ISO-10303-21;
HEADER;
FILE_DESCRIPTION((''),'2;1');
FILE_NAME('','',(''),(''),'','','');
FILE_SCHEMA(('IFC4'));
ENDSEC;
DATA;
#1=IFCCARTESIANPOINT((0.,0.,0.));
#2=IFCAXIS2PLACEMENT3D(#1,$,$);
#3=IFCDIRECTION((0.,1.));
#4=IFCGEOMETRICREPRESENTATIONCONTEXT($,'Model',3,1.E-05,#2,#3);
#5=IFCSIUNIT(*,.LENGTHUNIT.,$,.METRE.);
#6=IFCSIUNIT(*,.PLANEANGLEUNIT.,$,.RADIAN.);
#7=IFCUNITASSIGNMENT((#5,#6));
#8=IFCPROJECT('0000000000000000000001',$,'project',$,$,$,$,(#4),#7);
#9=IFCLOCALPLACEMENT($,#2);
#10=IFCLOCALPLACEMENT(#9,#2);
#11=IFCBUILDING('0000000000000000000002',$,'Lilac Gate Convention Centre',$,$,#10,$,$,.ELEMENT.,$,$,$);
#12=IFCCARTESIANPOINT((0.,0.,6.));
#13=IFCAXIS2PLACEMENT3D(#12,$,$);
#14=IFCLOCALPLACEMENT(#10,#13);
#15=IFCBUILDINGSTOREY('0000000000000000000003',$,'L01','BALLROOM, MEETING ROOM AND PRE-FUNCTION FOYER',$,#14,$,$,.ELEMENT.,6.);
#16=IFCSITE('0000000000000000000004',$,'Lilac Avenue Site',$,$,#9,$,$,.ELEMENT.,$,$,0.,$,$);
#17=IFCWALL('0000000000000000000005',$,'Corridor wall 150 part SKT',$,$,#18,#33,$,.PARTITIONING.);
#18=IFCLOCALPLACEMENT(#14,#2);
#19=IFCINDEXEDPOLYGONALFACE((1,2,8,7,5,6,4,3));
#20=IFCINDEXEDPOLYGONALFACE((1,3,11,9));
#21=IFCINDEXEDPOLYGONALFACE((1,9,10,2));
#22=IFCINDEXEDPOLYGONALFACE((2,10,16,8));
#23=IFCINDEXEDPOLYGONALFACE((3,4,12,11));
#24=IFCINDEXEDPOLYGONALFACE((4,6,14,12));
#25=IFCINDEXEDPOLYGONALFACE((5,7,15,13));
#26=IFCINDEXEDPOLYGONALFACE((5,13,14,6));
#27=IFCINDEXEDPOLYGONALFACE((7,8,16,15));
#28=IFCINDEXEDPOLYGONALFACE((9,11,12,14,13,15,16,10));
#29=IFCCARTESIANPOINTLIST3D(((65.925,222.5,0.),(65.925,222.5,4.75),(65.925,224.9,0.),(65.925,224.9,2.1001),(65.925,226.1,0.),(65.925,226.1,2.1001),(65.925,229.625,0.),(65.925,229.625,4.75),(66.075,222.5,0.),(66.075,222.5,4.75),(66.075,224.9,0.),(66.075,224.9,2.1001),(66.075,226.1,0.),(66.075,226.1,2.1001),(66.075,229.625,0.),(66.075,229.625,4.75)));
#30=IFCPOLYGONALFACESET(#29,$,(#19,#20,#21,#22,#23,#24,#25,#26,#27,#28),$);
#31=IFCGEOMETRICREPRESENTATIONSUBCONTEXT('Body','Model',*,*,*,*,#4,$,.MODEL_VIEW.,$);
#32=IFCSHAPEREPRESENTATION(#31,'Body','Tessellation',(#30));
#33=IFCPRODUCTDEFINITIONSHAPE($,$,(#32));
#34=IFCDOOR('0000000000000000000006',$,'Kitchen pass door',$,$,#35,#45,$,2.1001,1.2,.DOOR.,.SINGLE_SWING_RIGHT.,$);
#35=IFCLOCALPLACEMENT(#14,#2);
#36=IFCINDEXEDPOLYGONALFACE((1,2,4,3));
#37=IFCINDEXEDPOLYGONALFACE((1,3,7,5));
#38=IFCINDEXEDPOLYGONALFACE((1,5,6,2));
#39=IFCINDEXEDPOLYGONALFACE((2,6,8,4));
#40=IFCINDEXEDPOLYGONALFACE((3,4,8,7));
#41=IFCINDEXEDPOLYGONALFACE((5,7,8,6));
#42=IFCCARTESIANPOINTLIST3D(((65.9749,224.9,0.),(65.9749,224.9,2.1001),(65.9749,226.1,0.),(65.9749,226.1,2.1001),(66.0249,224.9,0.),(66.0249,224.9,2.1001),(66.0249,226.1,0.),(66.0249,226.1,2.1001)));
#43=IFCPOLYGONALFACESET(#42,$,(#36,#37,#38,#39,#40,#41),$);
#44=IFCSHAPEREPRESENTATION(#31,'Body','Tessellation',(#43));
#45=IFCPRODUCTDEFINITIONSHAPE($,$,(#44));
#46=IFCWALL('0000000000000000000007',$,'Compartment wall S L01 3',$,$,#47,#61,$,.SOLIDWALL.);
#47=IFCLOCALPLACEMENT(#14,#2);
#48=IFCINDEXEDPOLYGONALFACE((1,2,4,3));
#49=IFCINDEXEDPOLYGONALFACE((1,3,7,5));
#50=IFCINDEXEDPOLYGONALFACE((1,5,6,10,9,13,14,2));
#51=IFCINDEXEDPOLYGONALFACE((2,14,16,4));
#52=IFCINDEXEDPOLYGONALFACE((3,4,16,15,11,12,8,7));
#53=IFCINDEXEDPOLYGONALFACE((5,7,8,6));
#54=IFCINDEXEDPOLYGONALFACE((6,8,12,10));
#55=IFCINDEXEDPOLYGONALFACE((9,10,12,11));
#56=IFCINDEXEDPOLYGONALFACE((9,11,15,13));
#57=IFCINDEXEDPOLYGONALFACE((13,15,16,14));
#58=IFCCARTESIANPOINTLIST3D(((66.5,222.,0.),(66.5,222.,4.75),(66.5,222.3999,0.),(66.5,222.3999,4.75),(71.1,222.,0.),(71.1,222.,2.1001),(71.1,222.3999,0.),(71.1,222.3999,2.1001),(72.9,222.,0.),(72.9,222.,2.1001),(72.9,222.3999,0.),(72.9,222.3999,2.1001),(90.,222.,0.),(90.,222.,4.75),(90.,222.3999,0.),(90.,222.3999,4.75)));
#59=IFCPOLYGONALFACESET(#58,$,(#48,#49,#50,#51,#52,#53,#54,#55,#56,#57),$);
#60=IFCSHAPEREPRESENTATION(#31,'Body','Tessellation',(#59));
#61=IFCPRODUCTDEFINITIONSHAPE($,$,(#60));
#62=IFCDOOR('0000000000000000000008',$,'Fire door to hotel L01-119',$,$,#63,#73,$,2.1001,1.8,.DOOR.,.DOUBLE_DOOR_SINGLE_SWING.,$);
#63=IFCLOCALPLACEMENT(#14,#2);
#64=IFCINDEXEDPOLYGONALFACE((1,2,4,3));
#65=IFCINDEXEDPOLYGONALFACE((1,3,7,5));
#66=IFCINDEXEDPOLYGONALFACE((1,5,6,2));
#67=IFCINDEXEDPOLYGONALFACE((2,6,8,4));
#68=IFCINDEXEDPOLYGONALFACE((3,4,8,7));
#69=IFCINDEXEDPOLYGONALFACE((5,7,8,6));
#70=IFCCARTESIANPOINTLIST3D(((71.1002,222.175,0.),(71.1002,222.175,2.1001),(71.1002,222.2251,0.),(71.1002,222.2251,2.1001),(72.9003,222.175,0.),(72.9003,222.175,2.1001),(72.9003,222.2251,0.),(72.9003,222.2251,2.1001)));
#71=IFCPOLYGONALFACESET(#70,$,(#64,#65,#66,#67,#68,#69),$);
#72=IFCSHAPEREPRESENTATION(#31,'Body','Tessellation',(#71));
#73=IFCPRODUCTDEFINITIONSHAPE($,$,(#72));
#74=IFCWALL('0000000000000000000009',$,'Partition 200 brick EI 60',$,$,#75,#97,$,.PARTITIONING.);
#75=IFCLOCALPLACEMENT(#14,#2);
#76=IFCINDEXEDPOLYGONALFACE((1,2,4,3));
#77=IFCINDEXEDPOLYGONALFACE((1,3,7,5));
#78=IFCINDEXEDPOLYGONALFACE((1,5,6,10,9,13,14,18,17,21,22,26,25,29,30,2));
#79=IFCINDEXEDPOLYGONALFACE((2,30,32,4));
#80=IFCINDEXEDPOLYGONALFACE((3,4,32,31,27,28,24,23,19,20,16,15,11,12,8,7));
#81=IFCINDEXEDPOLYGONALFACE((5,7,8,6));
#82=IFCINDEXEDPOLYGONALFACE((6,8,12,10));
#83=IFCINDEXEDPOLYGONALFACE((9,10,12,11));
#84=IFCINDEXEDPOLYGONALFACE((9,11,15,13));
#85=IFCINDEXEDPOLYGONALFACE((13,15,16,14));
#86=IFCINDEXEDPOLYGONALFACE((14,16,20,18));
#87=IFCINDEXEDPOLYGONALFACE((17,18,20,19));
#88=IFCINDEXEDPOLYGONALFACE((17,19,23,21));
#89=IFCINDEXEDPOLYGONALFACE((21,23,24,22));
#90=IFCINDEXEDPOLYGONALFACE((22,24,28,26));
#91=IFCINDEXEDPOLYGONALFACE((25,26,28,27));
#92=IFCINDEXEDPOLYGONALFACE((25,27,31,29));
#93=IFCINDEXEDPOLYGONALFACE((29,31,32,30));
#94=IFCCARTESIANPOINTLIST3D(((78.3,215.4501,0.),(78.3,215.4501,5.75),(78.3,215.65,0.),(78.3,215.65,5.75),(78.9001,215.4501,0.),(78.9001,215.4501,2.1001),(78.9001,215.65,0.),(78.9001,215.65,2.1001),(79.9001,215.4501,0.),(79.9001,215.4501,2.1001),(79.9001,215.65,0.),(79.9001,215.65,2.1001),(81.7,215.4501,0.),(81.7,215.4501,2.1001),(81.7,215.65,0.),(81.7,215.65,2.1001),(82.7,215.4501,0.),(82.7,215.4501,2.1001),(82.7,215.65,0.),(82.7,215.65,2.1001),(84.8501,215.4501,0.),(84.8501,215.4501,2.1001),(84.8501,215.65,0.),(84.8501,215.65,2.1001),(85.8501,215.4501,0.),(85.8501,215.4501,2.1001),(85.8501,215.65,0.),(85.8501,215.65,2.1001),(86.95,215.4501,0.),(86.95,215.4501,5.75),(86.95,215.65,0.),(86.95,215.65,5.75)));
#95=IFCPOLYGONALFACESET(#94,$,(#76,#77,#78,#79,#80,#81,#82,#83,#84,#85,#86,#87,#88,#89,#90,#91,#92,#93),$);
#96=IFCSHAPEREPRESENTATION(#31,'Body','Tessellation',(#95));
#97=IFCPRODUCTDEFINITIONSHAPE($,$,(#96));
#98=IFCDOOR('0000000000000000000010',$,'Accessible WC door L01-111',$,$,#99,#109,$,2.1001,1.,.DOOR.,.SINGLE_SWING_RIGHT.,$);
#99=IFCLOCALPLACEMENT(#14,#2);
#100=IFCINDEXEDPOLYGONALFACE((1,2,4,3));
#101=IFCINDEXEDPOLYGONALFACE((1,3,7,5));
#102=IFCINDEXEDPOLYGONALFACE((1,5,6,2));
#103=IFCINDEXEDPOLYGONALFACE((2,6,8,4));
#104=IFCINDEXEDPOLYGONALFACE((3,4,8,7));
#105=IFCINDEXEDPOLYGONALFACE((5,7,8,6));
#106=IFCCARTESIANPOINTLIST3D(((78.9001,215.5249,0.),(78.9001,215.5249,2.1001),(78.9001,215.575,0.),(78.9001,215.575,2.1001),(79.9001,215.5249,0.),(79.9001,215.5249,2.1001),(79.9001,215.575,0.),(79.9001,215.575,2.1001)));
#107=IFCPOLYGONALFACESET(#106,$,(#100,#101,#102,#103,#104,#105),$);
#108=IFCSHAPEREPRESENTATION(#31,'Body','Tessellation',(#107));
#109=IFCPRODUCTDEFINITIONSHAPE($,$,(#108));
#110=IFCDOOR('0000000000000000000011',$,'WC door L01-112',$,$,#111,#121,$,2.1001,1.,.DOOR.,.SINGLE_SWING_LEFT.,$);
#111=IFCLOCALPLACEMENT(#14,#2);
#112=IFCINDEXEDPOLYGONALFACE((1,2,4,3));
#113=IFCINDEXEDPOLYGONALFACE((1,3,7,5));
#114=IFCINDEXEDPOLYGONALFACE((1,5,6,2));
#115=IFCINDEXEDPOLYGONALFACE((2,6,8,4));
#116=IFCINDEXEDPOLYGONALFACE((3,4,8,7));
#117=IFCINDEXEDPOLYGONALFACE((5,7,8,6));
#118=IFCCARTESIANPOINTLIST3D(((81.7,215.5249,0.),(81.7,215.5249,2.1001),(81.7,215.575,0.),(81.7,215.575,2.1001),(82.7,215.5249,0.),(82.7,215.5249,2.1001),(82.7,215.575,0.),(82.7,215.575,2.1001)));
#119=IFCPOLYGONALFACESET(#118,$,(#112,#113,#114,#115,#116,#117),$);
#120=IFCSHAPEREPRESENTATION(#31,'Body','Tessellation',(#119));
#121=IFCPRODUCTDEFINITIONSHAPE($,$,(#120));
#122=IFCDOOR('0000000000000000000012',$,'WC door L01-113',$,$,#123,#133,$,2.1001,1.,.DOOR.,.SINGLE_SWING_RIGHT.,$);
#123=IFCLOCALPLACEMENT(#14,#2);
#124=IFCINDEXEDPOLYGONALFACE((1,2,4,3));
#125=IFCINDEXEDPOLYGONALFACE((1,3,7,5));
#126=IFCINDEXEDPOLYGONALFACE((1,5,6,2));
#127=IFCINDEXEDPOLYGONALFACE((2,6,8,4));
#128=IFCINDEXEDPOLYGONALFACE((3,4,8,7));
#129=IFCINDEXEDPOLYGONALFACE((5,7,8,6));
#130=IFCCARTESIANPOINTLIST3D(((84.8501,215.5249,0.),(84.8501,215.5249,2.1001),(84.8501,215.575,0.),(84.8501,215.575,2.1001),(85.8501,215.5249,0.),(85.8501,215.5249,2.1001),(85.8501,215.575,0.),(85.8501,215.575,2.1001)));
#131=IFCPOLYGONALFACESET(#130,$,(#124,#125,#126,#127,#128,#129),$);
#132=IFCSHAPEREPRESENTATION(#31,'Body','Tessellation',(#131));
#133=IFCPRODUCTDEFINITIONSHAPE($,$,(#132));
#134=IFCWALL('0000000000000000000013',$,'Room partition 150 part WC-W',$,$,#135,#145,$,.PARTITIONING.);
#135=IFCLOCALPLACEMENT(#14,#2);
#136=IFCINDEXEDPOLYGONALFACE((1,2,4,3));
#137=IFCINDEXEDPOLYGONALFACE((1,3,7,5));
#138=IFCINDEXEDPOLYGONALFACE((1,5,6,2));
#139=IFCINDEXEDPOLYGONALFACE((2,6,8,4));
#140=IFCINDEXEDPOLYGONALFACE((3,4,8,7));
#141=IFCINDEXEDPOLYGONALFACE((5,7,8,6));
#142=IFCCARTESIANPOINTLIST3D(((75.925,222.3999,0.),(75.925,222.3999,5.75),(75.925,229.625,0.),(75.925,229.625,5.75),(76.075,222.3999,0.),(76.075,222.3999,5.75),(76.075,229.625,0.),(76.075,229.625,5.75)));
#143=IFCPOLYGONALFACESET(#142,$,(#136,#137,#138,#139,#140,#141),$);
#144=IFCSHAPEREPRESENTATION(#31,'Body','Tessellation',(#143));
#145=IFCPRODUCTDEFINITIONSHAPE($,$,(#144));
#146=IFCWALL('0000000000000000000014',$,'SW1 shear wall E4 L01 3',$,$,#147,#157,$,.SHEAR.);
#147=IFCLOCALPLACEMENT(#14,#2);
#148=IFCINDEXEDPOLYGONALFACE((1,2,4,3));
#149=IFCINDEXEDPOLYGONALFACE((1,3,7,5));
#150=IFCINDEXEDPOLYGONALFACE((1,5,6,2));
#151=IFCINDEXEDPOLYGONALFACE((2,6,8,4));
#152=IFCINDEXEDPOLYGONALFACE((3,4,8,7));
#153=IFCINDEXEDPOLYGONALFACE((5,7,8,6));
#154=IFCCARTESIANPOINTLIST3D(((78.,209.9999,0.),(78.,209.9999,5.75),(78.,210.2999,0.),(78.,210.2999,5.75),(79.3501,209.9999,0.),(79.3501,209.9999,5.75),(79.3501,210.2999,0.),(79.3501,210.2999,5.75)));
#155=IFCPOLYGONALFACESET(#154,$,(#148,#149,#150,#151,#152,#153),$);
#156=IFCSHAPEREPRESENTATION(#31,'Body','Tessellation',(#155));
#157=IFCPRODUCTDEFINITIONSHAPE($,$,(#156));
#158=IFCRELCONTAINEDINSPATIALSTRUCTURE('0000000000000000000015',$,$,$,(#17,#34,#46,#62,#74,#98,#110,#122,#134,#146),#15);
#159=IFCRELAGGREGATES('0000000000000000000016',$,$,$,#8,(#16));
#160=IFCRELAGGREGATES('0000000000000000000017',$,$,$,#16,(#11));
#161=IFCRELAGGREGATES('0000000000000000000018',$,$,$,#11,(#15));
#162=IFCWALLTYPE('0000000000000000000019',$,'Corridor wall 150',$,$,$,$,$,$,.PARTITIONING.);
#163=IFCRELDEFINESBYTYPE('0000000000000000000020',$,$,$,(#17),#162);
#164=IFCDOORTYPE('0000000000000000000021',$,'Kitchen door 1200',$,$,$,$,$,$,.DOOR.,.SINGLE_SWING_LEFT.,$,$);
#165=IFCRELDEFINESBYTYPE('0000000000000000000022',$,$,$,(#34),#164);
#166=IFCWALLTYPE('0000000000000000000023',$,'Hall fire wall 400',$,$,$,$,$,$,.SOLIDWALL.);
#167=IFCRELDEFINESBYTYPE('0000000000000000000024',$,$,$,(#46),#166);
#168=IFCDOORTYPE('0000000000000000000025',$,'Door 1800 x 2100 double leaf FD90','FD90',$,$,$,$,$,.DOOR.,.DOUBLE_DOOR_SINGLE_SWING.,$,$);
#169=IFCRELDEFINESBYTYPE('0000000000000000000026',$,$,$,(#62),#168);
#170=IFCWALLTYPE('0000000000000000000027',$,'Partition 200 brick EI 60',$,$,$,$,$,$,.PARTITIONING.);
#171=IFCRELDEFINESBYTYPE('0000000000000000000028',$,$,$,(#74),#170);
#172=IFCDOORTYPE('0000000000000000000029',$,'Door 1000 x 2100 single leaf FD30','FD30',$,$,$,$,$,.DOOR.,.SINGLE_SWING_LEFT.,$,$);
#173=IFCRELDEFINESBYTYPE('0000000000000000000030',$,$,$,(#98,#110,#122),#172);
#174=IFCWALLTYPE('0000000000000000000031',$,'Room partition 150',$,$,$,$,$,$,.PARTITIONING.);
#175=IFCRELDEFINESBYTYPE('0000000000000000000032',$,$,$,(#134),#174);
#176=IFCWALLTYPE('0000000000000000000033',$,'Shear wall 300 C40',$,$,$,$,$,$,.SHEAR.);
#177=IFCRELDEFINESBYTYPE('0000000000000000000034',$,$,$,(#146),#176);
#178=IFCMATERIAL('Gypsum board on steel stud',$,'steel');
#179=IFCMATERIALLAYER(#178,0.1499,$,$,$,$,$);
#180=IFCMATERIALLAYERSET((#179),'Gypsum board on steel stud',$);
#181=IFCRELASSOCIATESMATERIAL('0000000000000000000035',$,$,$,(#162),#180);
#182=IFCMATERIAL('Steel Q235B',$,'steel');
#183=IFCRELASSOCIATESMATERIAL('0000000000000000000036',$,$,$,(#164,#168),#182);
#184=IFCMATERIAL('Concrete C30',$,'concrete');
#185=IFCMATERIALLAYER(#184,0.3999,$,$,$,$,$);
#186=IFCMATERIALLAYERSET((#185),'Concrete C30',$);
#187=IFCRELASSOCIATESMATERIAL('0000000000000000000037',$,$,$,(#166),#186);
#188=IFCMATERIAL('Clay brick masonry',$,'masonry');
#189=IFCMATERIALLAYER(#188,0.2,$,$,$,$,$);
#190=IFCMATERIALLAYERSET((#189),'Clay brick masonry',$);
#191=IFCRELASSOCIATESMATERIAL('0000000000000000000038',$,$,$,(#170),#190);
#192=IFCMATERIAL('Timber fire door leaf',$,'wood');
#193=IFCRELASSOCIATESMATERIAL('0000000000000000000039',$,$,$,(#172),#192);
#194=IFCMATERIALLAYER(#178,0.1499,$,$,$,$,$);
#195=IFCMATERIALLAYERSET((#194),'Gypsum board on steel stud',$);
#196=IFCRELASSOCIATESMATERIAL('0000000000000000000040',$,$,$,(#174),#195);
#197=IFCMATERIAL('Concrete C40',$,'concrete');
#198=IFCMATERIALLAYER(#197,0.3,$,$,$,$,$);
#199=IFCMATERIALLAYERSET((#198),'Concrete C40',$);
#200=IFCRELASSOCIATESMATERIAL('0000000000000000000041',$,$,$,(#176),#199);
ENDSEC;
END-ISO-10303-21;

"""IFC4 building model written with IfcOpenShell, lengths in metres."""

from ifc_helpers import new_model, si_unit, direction, frame, frame_2d, origin, place, context, subcontext, project, spatial, rectangle, extrude, material, layer, layer_set, type_object, element, fill, save


model = new_model("IFC4")

# Units and contexts
model_context = context("Model", 3, precision=1e-05, world=origin(), true_north=direction((0.0, 1.0)))
body_context = subcontext(model_context, "Body", "Model", "MODEL_VIEW")
ifc_project = project(units=[si_unit("LENGTHUNIT", "METRE"), si_unit("PLANEANGLEUNIT", "RADIAN")], contexts=[model_context])

# Site, building, storey
site_placement = place(None, origin())
site = spatial("IfcSite", under=ifc_project, at=site_placement, Name="Lilac Avenue Site", CompositionType="ELEMENT", RefElevation=0.0)
building_placement = place(site_placement, origin())
building = spatial("IfcBuilding", under=site, at=building_placement, Name="Lilac Gate Convention Centre", CompositionType="ELEMENT")
storey_placement = place(building_placement, frame((0.0, 0.0, 6.0)))
storey = spatial("IfcBuildingStorey", under=building, at=storey_placement, Name="L01", Description="BALLROOM, MEETING ROOM AND PRE-FUNCTION FOYER", CompositionType="ELEMENT", Elevation=6.0)

# Shared definitions
ifc_material_1 = material(Name="Concrete C40", Category="concrete")

# Shared definitions
ifc_material_2 = material(Name="Gypsum board on steel stud", Category="steel")
ifc_layer_1 = layer(ifc_material_2, 0.1499)
ifc_layer_set_1 = layer_set([ifc_layer_1], Name="Gypsum board on steel stud")
wall_type_1 = type_object("IfcWallType", Name="Corridor wall 150", PredefinedType="PARTITIONING", material=ifc_layer_set_1)

# Walls, openings, doors
ifc_material_3 = material(Name="Steel Q235B", Category="steel")
door_type_1 = type_object("IfcDoorType", Name="Kitchen door 1200", OperationType="SINGLE_SWING_LEFT", PredefinedType="DOOR", material=ifc_material_3)
wall_1_placement = place(storey_placement, frame((66.0, 229.625, 0.0), z_axis=(0.0, 0.0, 1.0), x_axis=(0.0, -1.0, 0.0)))
wall_1 = element("IfcWall", 1, at=wall_1_placement, inside=storey, type_object=wall_type_1, Name="Corridor wall 150 part SKT", PredefinedType="PARTITIONING", context=body_context, shape_type="SweptSolid", body=[
    extrude(rectangle(XDim=7.125, YDim=0.1499, at=frame_2d((3.5625, 0.0))), origin(), (0.0, 0.0, 1.0), 4.75),
])
opening_1_placement = place(wall_1_placement, frame((3.5249, 0.0, 0.0)))
opening_1 = element("IfcOpeningElement", 2, at=opening_1_placement, cuts=wall_1, PredefinedType="OPENING", context=body_context, shape_type="SweptSolid", body=[
    extrude(rectangle(XDim=1.2, YDim=2.1001, at=frame_2d((0.6001, 1.05))), frame((0.0, 0.085, 0.0), z_axis=(0.0, -1.0, 0.0), x_axis=(1.0, 0.0, 0.0)), (0.0, 0.0, 1.0), 0.1699),
])
door_1_placement = place(opening_1_placement, origin())
door_1 = element("IfcDoor", 3, at=door_1_placement, inside=storey, type_object=door_type_1, Name="Kitchen pass door", OperationType="SINGLE_SWING_RIGHT", OverallHeight=2.1001, OverallWidth=1.2, PredefinedType="DOOR", context=body_context, shape_type="SweptSolid", body=[
    extrude(rectangle(XDim=1.2, YDim=2.1001, at=frame_2d((0.6001, 1.05))), frame((0.0, 0.0249, 0.0), z_axis=(0.0, -1.0, 0.0), x_axis=(1.0, 0.0, 0.0)), (0.0, 0.0, 1.0), 0.05),
])
fill(opening_1, door_1)
ifc_material_4 = material(Name="Concrete C30", Category="concrete")
ifc_layer_2 = layer(ifc_material_4, 0.3999)
ifc_layer_set_2 = layer_set([ifc_layer_2], Name="Concrete C30")
wall_type_2 = type_object("IfcWallType", Name="Hall fire wall 400", PredefinedType="SOLIDWALL", material=ifc_layer_set_2)
wall_2_placement = place(storey_placement, frame((66.5, 222.2, 0.0), z_axis=(0.0, 0.0, 1.0), x_axis=(1.0, 0.0, 0.0)))
wall_2 = element("IfcWall", 4, at=wall_2_placement, inside=storey, type_object=wall_type_2, Name="Compartment wall S L01 3", PredefinedType="SOLIDWALL", context=body_context, shape_type="SweptSolid", body=[
    extrude(rectangle(XDim=23.5, YDim=0.3999, at=frame_2d((11.75, 0.0))), origin(), (0.0, 0.0, 1.0), 4.75),
])
opening_2_placement = place(wall_2_placement, frame((4.6001, 0.0, 0.0)))
opening_2 = element("IfcOpeningElement", 5, at=opening_2_placement, cuts=wall_2, PredefinedType="OPENING", context=body_context, shape_type="SweptSolid", body=[
    extrude(rectangle(XDim=1.8, YDim=2.1001, at=frame_2d((0.8999, 1.05))), frame((0.0, 0.21, 0.0), z_axis=(0.0, -1.0, 0.0), x_axis=(1.0, 0.0, 0.0)), (0.0, 0.0, 1.0), 0.4199),
])
door_type_2 = type_object("IfcDoorType", Name="Door 1800 x 2100 double leaf FD90", Description="FD90", OperationType="DOUBLE_DOOR_SINGLE_SWING", PredefinedType="DOOR", material=ifc_material_3)
door_2_placement = place(opening_2_placement, frame((1.8, 0.0, 0.0), z_axis=(0.0, 0.0, 1.0), x_axis=(-1.0, 0.0, 0.0)))
door_2 = element("IfcDoor", 6, at=door_2_placement, inside=storey, type_object=door_type_2, Name="Fire door to hotel L01-119", OperationType="DOUBLE_DOOR_SINGLE_SWING", OverallHeight=2.1001, OverallWidth=1.8, PredefinedType="DOOR", context=body_context, shape_type="SweptSolid", body=[
    extrude(rectangle(XDim=1.8, YDim=2.1001, at=frame_2d((0.8999, 1.05))), frame((0.0, 0.0249, 0.0), z_axis=(0.0, -1.0, 0.0), x_axis=(1.0, 0.0, 0.0)), (0.0, 0.0, 1.0), 0.05),
])
fill(opening_2, door_2)

# Wall, openings, doors
ifc_material_5 = material(Name="Clay brick masonry", Category="masonry")
ifc_layer_3 = layer(ifc_material_5, 0.2)
ifc_layer_set_3 = layer_set([ifc_layer_3], Name="Clay brick masonry")
wall_type_3 = type_object("IfcWallType", Name="Partition 200 brick EI 60", PredefinedType="PARTITIONING", material=ifc_layer_set_3)
wall_3_placement = place(storey_placement, frame((78.3, 215.55, 0.0), z_axis=(0.0, 0.0, 1.0), x_axis=(1.0, 0.0, 0.0)))
wall_3 = element("IfcWall", 7, at=wall_3_placement, inside=storey, type_object=wall_type_3, Name="Partition 200 brick EI 60", PredefinedType="PARTITIONING", context=body_context, shape_type="SweptSolid", body=[
    extrude(rectangle(XDim=8.6499, YDim=0.2, at=frame_2d((4.325, 0.0))), origin(), (0.0, 0.0, 1.0), 5.75),
])
opening_3_placement = place(wall_3_placement, frame((0.6001, 0.0, 0.0)))
opening_3 = element("IfcOpeningElement", 8, at=opening_3_placement, cuts=wall_3, PredefinedType="OPENING", context=body_context, shape_type="SweptSolid", body=[
    extrude(rectangle(XDim=1.0, YDim=2.1001, at=frame_2d((0.5, 1.05))), frame((0.0, 0.1099, 0.0), z_axis=(0.0, -1.0, 0.0), x_axis=(1.0, 0.0, 0.0)), (0.0, 0.0, 1.0), 0.22),
])
opening_4_placement = place(wall_3_placement, frame((3.3999, 0.0, 0.0)))
opening_4 = element("IfcOpeningElement", 9, at=opening_4_placement, cuts=wall_3, PredefinedType="OPENING", context=body_context, shape_type="SweptSolid", body=[
    extrude(rectangle(XDim=1.0, YDim=2.1001, at=frame_2d((0.5, 1.05))), frame((0.0, 0.1099, 0.0), z_axis=(0.0, -1.0, 0.0), x_axis=(1.0, 0.0, 0.0)), (0.0, 0.0, 1.0), 0.22),
])
opening_5_placement = place(wall_3_placement, frame((6.55, 0.0, 0.0)))
opening_5 = element("IfcOpeningElement", 10, at=opening_5_placement, cuts=wall_3, PredefinedType="OPENING", context=body_context, shape_type="SweptSolid", body=[
    extrude(rectangle(XDim=1.0, YDim=2.1001, at=frame_2d((0.5, 1.05))), frame((0.0, 0.1099, 0.0), z_axis=(0.0, -1.0, 0.0), x_axis=(1.0, 0.0, 0.0)), (0.0, 0.0, 1.0), 0.22),
])
ifc_material_6 = material(Name="Timber fire door leaf", Category="wood")
door_type_3 = type_object("IfcDoorType", Name="Door 1000 x 2100 single leaf FD30", Description="FD30", OperationType="SINGLE_SWING_LEFT", PredefinedType="DOOR", material=ifc_material_6)
door_3_placement = place(opening_3_placement, origin())
door_3 = element("IfcDoor", 11, at=door_3_placement, inside=storey, type_object=door_type_3, Name="Accessible WC door L01-111", OperationType="SINGLE_SWING_RIGHT", OverallHeight=2.1001, OverallWidth=1.0, PredefinedType="DOOR", context=body_context, shape_type="SweptSolid", body=[
    extrude(rectangle(XDim=1.0, YDim=2.1001, at=frame_2d((0.5, 1.05))), frame((0.0, 0.0249, 0.0), z_axis=(0.0, -1.0, 0.0), x_axis=(1.0, 0.0, 0.0)), (0.0, 0.0, 1.0), 0.05),
])
fill(opening_3, door_3)
door_4_placement = place(opening_4_placement, origin())
door_4 = element("IfcDoor", 12, at=door_4_placement, inside=storey, type_object=door_type_3, Name="WC door L01-112", OperationType="SINGLE_SWING_LEFT", OverallHeight=2.1001, OverallWidth=1.0, PredefinedType="DOOR", context=body_context, shape_type="SweptSolid", body=[
    extrude(rectangle(XDim=1.0, YDim=2.1001, at=frame_2d((0.5, 1.05))), frame((0.0, 0.0249, 0.0), z_axis=(0.0, -1.0, 0.0), x_axis=(1.0, 0.0, 0.0)), (0.0, 0.0, 1.0), 0.05),
])
fill(opening_4, door_4)
door_5_placement = place(opening_5_placement, origin())
door_5 = element("IfcDoor", 13, at=door_5_placement, inside=storey, type_object=door_type_3, Name="WC door L01-113", OperationType="SINGLE_SWING_RIGHT", OverallHeight=2.1001, OverallWidth=1.0, PredefinedType="DOOR", context=body_context, shape_type="SweptSolid", body=[
    extrude(rectangle(XDim=1.0, YDim=2.1001, at=frame_2d((0.5, 1.05))), frame((0.0, 0.0249, 0.0), z_axis=(0.0, -1.0, 0.0), x_axis=(1.0, 0.0, 0.0)), (0.0, 0.0, 1.0), 0.05),
])
fill(opening_5, door_5)

# Walls
ifc_layer_4 = layer(ifc_material_2, 0.1499)
ifc_layer_set_4 = layer_set([ifc_layer_4], Name="Gypsum board on steel stud")
wall_type_4 = type_object("IfcWallType", Name="Room partition 150", PredefinedType="PARTITIONING", material=ifc_layer_set_4)
wall_4_placement = place(storey_placement, frame((76.0, 222.3999, 0.0), z_axis=(0.0, 0.0, 1.0), x_axis=(0.0, 1.0, 0.0)))
element("IfcWall", 14, at=wall_4_placement, inside=storey, type_object=wall_type_4, Name="Room partition 150 part WC-W", PredefinedType="PARTITIONING", context=body_context, shape_type="SweptSolid", body=[
    extrude(rectangle(XDim=7.2251, YDim=0.1499, at=frame_2d((3.6125, 0.0))), origin(), (0.0, 0.0, 1.0), 5.75),
])
ifc_layer_5 = layer(ifc_material_1, 0.3)
ifc_layer_set_5 = layer_set([ifc_layer_5], Name="Concrete C40")
wall_type_5 = type_object("IfcWallType", Name="Shear wall 300 C40", PredefinedType="SHEAR", material=ifc_layer_set_5)
wall_5_placement = place(storey_placement, frame((79.3501, 210.1499, 0.0), z_axis=(0.0, 0.0, 1.0), x_axis=(-1.0, 0.0, 0.0)))
element("IfcWall", 15, at=wall_5_placement, inside=storey, type_object=wall_type_5, Name="SW1 shear wall E4 L01 3", PredefinedType="SHEAR", context=body_context, shape_type="SweptSolid", body=[
    extrude(rectangle(XDim=1.3501, YDim=0.3, at=frame_2d((0.675, 0.0))), origin(), (0.0, 0.0, 1.0), 5.75),
])

save(model, "model.ifc")
